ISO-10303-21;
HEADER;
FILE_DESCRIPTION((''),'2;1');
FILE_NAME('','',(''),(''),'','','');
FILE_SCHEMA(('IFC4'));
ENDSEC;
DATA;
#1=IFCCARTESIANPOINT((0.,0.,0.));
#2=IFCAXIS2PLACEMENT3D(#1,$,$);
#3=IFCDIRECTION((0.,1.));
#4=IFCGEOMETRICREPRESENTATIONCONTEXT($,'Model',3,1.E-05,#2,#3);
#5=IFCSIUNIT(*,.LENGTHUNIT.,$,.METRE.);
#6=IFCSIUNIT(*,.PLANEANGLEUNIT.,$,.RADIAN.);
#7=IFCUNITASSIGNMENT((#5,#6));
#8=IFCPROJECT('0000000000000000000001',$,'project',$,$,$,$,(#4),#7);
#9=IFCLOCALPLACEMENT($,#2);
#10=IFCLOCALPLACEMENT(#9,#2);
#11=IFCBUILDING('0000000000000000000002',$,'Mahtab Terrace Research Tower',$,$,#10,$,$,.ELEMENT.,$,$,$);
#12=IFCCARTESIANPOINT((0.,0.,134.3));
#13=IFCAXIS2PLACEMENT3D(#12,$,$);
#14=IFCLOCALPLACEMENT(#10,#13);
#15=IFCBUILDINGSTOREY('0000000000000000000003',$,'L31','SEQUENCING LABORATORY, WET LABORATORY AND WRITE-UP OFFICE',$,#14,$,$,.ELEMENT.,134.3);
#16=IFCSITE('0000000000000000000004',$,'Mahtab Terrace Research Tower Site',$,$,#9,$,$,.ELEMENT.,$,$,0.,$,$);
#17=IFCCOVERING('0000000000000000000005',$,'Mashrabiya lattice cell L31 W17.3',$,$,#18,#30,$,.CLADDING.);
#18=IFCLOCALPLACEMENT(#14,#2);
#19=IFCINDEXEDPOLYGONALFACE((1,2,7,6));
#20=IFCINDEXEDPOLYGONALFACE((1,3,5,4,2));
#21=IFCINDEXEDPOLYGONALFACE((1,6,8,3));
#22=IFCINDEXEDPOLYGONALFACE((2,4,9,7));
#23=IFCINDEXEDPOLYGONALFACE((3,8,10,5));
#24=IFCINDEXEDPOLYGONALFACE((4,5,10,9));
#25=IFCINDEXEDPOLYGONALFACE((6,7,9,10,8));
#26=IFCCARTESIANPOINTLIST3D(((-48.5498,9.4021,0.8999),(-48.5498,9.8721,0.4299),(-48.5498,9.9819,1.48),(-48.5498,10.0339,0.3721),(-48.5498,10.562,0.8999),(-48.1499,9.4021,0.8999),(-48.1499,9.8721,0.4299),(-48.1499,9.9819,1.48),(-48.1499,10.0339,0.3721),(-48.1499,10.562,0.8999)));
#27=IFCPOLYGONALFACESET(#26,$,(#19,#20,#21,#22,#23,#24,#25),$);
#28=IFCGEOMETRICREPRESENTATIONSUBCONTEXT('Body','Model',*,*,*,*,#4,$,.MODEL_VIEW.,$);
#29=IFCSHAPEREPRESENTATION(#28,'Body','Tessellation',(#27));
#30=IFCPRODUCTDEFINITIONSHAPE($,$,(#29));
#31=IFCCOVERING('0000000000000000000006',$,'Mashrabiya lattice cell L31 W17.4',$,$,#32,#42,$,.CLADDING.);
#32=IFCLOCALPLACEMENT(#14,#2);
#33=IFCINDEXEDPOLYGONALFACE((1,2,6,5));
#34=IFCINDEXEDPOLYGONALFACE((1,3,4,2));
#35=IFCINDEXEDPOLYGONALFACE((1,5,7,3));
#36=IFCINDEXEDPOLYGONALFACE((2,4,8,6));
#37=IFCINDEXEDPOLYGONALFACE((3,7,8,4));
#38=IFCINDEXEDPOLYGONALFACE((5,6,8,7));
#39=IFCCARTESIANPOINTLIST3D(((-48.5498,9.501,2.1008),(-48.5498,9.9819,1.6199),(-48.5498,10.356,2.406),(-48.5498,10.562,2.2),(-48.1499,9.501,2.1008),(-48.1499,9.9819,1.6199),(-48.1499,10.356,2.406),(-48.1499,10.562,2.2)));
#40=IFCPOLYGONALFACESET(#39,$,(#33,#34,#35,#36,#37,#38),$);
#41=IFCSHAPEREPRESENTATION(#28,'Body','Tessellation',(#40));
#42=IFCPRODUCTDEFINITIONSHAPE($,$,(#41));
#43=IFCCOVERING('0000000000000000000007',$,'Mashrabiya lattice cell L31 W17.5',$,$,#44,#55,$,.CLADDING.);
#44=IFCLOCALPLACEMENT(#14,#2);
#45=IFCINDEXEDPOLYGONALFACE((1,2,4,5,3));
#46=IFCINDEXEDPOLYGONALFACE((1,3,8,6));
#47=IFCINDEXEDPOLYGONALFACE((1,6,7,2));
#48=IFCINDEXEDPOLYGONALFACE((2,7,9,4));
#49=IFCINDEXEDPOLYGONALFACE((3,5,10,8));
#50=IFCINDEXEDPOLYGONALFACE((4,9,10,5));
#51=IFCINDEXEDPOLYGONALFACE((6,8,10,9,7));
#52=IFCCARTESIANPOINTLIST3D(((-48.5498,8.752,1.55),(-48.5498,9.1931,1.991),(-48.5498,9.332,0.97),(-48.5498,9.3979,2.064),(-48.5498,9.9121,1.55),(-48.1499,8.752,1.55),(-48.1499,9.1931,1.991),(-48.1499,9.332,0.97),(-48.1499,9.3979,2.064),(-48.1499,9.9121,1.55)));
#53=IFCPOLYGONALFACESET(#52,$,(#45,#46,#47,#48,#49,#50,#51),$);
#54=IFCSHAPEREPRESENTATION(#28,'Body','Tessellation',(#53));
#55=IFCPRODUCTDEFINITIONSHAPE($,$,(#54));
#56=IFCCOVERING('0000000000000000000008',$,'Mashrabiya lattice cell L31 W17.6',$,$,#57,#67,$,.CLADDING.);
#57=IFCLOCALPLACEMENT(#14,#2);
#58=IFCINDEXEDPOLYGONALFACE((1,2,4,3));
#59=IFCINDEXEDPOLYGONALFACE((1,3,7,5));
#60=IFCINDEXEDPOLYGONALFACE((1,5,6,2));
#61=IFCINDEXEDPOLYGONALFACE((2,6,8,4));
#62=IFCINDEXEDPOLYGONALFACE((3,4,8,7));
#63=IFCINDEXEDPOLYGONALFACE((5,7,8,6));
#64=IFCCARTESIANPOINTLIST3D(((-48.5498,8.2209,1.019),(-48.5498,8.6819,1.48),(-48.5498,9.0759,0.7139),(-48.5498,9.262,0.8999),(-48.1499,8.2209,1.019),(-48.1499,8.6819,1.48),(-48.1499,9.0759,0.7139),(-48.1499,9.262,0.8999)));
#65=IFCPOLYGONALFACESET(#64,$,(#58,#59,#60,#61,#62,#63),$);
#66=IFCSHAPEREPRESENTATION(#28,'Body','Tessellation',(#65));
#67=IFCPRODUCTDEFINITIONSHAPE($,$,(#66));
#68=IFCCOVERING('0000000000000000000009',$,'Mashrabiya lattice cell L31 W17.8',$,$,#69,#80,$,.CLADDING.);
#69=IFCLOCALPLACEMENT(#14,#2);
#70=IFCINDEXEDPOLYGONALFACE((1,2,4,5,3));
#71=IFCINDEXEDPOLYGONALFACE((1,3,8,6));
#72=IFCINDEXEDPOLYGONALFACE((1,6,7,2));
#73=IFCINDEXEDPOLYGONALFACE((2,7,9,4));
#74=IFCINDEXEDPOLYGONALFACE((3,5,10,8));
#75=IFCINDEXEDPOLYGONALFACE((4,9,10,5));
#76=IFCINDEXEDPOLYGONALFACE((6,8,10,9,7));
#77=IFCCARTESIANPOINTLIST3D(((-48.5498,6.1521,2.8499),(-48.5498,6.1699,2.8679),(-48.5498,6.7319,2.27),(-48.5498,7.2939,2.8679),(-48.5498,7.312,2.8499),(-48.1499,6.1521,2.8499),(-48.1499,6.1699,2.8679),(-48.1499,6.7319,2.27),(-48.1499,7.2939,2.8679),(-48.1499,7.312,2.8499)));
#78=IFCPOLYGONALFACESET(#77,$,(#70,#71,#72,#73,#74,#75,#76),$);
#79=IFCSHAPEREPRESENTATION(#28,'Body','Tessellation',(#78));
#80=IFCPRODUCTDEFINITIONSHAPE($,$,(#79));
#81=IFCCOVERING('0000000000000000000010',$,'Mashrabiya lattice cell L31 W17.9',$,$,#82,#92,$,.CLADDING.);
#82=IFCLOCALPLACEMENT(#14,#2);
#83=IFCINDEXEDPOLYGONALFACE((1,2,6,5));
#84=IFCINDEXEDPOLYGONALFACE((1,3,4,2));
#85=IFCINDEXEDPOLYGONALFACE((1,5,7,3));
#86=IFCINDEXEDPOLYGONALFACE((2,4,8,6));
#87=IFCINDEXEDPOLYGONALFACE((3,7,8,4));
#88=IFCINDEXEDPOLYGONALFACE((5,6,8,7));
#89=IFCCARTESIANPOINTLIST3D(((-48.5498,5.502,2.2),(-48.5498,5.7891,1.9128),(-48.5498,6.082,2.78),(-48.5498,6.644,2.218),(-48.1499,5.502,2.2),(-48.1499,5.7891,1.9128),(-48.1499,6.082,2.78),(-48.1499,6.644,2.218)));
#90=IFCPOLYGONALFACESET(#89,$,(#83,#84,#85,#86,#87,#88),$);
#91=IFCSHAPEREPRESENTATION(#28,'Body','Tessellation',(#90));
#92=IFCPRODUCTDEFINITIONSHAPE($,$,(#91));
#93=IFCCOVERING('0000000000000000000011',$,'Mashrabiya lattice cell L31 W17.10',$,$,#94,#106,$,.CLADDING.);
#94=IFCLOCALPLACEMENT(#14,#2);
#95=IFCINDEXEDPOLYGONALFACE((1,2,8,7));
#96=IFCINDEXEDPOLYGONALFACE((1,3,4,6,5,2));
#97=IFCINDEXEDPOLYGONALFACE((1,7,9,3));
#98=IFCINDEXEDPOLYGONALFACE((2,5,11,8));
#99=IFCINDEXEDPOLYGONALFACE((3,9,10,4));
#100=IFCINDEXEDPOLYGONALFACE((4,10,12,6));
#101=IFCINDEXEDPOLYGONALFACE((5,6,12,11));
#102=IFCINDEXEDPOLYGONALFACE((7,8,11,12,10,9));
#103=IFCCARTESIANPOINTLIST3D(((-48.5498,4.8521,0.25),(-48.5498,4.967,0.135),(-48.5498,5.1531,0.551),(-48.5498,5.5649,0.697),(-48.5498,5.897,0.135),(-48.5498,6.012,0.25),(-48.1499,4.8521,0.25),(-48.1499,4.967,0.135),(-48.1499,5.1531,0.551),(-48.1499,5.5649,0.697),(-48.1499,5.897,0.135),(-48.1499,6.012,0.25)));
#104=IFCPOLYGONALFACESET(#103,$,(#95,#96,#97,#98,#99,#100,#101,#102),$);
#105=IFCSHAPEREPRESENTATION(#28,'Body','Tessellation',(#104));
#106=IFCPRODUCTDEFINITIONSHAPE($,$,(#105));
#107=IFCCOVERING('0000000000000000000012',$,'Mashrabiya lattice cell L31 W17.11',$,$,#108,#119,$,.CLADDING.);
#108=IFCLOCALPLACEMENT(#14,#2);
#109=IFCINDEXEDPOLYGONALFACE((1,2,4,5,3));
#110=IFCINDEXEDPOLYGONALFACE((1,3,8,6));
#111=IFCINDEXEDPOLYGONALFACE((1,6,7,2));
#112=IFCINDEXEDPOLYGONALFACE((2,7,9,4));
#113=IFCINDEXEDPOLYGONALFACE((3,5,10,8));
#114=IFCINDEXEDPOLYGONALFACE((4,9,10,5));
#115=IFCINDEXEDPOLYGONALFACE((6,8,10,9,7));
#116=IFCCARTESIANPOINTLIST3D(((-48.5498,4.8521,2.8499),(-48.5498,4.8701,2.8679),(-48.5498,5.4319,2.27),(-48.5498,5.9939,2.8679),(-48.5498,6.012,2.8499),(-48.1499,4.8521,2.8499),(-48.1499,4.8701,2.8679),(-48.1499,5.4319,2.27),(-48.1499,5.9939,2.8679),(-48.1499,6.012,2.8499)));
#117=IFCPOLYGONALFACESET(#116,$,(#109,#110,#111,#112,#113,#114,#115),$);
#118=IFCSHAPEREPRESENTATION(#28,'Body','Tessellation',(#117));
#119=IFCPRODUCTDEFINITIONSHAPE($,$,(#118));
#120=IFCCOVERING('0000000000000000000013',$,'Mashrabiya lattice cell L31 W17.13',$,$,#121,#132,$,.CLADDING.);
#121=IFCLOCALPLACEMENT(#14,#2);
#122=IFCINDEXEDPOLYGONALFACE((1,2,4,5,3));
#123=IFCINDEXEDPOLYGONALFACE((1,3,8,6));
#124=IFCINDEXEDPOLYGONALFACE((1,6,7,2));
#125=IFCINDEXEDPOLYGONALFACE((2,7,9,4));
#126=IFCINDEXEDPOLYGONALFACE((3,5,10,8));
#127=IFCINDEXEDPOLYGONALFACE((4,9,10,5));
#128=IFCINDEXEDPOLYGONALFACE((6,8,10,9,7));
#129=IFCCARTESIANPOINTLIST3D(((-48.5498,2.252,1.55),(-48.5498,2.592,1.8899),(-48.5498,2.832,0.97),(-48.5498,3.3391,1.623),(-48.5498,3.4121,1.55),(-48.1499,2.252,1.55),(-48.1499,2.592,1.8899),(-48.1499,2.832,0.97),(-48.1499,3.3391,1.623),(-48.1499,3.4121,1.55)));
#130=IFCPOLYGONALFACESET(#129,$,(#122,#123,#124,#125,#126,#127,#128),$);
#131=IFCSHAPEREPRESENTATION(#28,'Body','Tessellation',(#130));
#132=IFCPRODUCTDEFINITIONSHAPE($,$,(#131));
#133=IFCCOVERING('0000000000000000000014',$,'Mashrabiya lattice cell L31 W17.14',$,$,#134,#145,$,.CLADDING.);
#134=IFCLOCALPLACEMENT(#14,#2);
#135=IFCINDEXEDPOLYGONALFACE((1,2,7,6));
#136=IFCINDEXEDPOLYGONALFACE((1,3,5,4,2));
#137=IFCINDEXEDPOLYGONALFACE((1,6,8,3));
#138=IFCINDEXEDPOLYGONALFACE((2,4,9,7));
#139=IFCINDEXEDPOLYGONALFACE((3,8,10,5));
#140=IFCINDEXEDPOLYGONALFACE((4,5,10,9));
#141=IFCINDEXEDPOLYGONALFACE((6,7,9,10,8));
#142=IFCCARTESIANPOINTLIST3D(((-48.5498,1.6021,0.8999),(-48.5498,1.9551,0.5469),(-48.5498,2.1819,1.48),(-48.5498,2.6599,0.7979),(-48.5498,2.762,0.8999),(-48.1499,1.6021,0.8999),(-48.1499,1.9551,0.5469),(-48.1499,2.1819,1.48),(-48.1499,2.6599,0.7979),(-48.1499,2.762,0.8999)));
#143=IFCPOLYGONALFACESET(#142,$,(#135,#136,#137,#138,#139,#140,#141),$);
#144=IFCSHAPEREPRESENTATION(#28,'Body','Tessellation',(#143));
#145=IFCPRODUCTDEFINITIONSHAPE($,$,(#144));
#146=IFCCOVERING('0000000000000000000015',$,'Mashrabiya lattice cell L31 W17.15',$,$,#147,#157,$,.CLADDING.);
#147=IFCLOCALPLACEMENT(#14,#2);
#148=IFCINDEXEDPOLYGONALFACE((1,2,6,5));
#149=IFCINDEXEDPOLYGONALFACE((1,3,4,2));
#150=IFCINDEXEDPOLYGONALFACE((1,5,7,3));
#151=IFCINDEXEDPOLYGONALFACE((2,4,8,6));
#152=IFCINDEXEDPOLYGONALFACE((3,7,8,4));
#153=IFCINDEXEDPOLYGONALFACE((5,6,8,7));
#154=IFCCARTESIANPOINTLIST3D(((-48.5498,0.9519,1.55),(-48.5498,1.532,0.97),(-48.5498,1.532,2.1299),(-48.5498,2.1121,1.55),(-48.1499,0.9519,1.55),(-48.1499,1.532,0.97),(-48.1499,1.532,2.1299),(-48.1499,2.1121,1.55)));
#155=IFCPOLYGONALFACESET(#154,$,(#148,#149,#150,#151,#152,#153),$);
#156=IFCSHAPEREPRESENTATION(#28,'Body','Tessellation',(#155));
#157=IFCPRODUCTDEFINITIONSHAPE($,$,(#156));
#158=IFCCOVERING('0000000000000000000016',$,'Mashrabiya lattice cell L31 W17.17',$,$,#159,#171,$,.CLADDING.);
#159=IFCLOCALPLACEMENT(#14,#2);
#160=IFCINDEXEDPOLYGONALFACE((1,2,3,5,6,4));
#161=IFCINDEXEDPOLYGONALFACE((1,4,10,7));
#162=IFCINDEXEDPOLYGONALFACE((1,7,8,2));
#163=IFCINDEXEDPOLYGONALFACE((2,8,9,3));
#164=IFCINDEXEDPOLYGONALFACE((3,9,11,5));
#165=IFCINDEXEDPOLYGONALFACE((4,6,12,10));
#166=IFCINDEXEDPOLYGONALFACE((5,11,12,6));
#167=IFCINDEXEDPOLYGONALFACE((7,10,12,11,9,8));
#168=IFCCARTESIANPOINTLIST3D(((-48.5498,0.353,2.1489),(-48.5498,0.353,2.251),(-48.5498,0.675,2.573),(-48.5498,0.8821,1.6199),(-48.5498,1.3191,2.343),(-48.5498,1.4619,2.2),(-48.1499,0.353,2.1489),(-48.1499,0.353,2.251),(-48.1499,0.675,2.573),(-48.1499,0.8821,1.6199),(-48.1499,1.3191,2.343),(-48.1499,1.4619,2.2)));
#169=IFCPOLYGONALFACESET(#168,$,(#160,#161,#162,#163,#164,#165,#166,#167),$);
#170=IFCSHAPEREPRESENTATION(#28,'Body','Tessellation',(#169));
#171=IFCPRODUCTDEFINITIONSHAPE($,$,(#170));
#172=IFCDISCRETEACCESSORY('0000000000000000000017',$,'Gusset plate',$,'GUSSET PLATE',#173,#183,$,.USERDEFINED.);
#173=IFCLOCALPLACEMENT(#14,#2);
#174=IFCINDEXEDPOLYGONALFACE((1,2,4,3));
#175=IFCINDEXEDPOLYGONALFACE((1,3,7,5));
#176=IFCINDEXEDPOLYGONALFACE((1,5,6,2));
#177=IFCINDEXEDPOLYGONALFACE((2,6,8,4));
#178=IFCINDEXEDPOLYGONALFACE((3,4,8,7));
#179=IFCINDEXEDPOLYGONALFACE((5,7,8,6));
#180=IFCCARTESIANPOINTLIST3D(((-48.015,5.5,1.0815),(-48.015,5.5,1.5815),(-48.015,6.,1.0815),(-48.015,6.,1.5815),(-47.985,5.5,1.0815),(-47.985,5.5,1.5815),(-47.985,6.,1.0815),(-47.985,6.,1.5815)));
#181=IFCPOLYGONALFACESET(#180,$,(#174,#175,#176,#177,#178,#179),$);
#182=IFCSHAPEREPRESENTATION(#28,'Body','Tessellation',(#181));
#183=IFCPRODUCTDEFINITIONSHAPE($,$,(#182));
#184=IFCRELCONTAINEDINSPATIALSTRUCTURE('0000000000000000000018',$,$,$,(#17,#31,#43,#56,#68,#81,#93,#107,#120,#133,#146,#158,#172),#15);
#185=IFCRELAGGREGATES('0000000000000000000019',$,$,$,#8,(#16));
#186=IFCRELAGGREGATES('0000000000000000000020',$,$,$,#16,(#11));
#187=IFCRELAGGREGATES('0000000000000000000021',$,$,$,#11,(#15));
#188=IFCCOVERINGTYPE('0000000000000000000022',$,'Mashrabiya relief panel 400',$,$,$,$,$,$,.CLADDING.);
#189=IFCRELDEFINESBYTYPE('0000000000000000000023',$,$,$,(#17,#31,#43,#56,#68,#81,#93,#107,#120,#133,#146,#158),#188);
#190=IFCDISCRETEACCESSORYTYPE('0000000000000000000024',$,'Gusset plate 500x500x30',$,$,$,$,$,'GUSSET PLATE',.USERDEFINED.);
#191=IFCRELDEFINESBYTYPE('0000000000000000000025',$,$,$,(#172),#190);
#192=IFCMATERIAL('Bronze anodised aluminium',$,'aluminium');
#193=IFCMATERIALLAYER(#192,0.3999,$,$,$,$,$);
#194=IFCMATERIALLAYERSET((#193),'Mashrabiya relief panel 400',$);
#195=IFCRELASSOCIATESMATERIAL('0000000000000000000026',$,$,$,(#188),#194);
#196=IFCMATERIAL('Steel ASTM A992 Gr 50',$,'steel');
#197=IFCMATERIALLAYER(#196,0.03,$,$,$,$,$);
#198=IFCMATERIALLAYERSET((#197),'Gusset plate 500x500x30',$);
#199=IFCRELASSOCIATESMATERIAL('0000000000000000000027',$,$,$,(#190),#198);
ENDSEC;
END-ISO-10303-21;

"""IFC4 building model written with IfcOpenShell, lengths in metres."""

from ifc_helpers import new_model, si_unit, direction, frame, origin, origin_2d, place, context, subcontext, project, spatial, polyline, rectangle, outline, extrude, material, layer, layer_set, type_object, element, save


model = new_model("IFC4")

# Units and contexts
model_context = context("Model", 3, precision=1e-05, world=origin(), true_north=direction((0.0, 1.0)))
body_context = subcontext(model_context, "Body", "Model", "MODEL_VIEW")
ifc_project = project(units=[si_unit("LENGTHUNIT", "METRE"), si_unit("PLANEANGLEUNIT", "RADIAN")], contexts=[model_context])

# Site, building, storey
site_placement = place(None, origin())
site = spatial("IfcSite", under=ifc_project, at=site_placement, Name="Mahtab Terrace Research Tower Site", CompositionType="ELEMENT", RefElevation=0.0)
building_placement = place(site_placement, origin())
building = spatial("IfcBuilding", under=site, at=building_placement, Name="Mahtab Terrace Research Tower", CompositionType="ELEMENT")
storey_placement = place(building_placement, frame((0.0, 0.0, 134.3)))
storey = spatial("IfcBuildingStorey", under=building, at=storey_placement, Name="L31", Description="SEQUENCING LABORATORY, WET LABORATORY AND WRITE-UP OFFICE", CompositionType="ELEMENT", Elevation=134.3)

# Shared definitions
ifc_material_1 = material(Name="Steel ASTM A992 Gr 50", Category="steel")

# Coverings
ifc_material_2 = material(Name="Bronze anodised aluminium", Category="aluminium")
ifc_layer_1 = layer(ifc_material_2, 0.3999)
ifc_layer_set_1 = layer_set([ifc_layer_1], Name="Mashrabiya relief panel 400")
covering_type = type_object("IfcCoveringType", Name="Mashrabiya relief panel 400", PredefinedType="CLADDING", material=ifc_layer_set_1)
covering_1_placement = place(storey_placement, frame((-48.1499, 10.562, 0.8999), z_axis=(1.0, 0.0, 0.0), x_axis=(0.0, -0.707107, 0.707107)))
element("IfcCovering", 1, at=covering_1_placement, inside=storey, type_object=covering_type, Name="Mashrabiya lattice cell L31 W17.3", PredefinedType="CLADDING", context=body_context, shape_type="SweptSolid", body=[
    extrude(outline(polyline([(0.0, 0.0), (0.8204, 0.0), (0.8202, 0.8202), (0.1555, 0.8202), (0.0002, 0.7466), (0.0, 0.0)])), origin(), (0.0, 0.0, -1.0), 0.3999),
])
covering_2_placement = place(storey_placement, frame((-48.1499, 9.9819, 1.6199), z_axis=(1.0, 0.0, 0.0), x_axis=(0.0, 0.707107, 0.707107)))
element("IfcCovering", 2, at=covering_2_placement, inside=storey, type_object=covering_type, Name="Mashrabiya lattice cell L31 W17.4", PredefinedType="CLADDING", context=body_context, shape_type="SweptSolid", body=[
    extrude(outline(polyline([(0.0, 0.0), (0.8204, 0.0), (0.8204, 0.2914), (0.0, 0.6802), (0.0, 0.0)])), origin(), (0.0, 0.0, -1.0), 0.3999),
])
covering_3_placement = place(storey_placement, frame((-48.1499, 8.752, 1.55), z_axis=(1.0, 0.0, 0.0), x_axis=(0.0, 0.707107, -0.707107)))
element("IfcCovering", 3, at=covering_3_placement, inside=storey, type_object=covering_type, Name="Mashrabiya lattice cell L31 W17.5", PredefinedType="CLADDING", context=body_context, shape_type="SweptSolid", body=[
    extrude(outline(polyline([(0.0, 0.0), (0.8204, 0.0), (0.8204, 0.8204), (0.0934, 0.8202), (0.0002, 0.6237), (0.0, 0.0)])), origin(), (0.0, 0.0, -1.0), 0.3999),
])
covering_4_placement = place(storey_placement, frame((-48.1499, 9.262, 0.8999), z_axis=(1.0, 0.0, 0.0), x_axis=(0.0, -0.707107, 0.707107)))
element("IfcCovering", 4, at=covering_4_placement, inside=storey, type_object=covering_type, Name="Mashrabiya lattice cell L31 W17.6", PredefinedType="CLADDING", context=body_context, shape_type="SweptSolid", body=[
    extrude(outline(polyline([(0.0, 0.0), (0.8204, 0.0), (0.8204, 0.6519), (0.0, 0.2631), (0.0, 0.0)])), origin(), (0.0, 0.0, -1.0), 0.3999),
])
covering_5_placement = place(storey_placement, frame((-48.1499, 6.1521, 2.8499), z_axis=(1.0, 0.0, 0.0), x_axis=(0.0, 0.707107, -0.707107)))
element("IfcCovering", 5, at=covering_5_placement, inside=storey, type_object=covering_type, Name="Mashrabiya lattice cell L31 W17.8", PredefinedType="CLADDING", context=body_context, shape_type="SweptSolid", body=[
    extrude(outline(polyline([(0.0, 0.0), (0.82, 0.0), (0.8202, 0.8202), (0.7946, 0.8202), (-0.0002, 0.0254), (0.0, 0.0)])), origin(), (0.0, 0.0, -1.0), 0.3999),
])
covering_6_placement = place(storey_placement, frame((-48.1499, 6.082, 2.78), z_axis=(1.0, 0.0, 0.0), x_axis=(0.0, -0.707107, -0.707107)))
element("IfcCovering", 6, at=covering_6_placement, inside=storey, type_object=covering_type, Name="Mashrabiya lattice cell L31 W17.9", PredefinedType="CLADDING", context=body_context, shape_type="SweptSolid", body=[
    extrude(outline(polyline([(0.0, 0.0), (0.8204, 0.0), (0.8204, 0.406), (0.0, 0.7948), (0.0, 0.0)])), origin(), (0.0, 0.0, -1.0), 0.3999),
])
covering_7_placement = place(storey_placement, frame((-48.1499, 6.012, 0.25), z_axis=(1.0, 0.0, 0.0), x_axis=(0.0, -0.707107, 0.707107)))
element("IfcCovering", 7, at=covering_7_placement, inside=storey, type_object=covering_type, Name="Mashrabiya lattice cell L31 W17.10", PredefinedType="CLADDING", context=body_context, shape_type="SweptSolid", body=[
    extrude(outline(polyline([(0.0, 0.0), (0.6322, 0.0), (0.8202, 0.3945), (0.8202, 0.8202), (0.6576, 0.8202), (0.0, 0.1626), (0.0, 0.0)])), origin(), (0.0, 0.0, -1.0), 0.3999),
])
covering_8_placement = place(storey_placement, frame((-48.1499, 4.8521, 2.8499), z_axis=(1.0, 0.0, 0.0), x_axis=(0.0, 0.707107, -0.707107)))
element("IfcCovering", 8, at=covering_8_placement, inside=storey, type_object=covering_type, Name="Mashrabiya lattice cell L31 W17.11", PredefinedType="CLADDING", context=body_context, shape_type="SweptSolid", body=[
    extrude(outline(polyline([(0.0, 0.0), (0.82, 0.0), (0.8202, 0.8202), (0.7946, 0.8202), (0.0, 0.0255), (0.0, 0.0)])), origin(), (0.0, 0.0, -1.0), 0.3999),
])
covering_9_placement = place(storey_placement, frame((-48.1499, 2.252, 1.55), z_axis=(1.0, 0.0, 0.0), x_axis=(0.0, 0.707107, -0.707107)))
element("IfcCovering", 9, at=covering_9_placement, inside=storey, type_object=covering_type, Name="Mashrabiya lattice cell L31 W17.13", PredefinedType="CLADDING", context=body_context, shape_type="SweptSolid", body=[
    extrude(outline(polyline([(0.0, 0.0), (0.8204, 0.0), (0.8204, 0.8204), (0.7171, 0.8204), (0.0002, 0.4808), (0.0, 0.0)])), origin(), (0.0, 0.0, -1.0), 0.3999),
])
covering_10_placement = place(storey_placement, frame((-48.1499, 2.762, 0.8999), z_axis=(1.0, 0.0, 0.0), x_axis=(0.0, -0.707107, 0.707107)))
element("IfcCovering", 10, at=covering_10_placement, inside=storey, type_object=covering_type, Name="Mashrabiya lattice cell L31 W17.14", PredefinedType="CLADDING", context=body_context, shape_type="SweptSolid", body=[
    extrude(outline(polyline([(0.0, 0.0), (0.8204, 0.0), (0.8202, 0.8202), (0.3209, 0.8202), (0.0, 0.1443), (0.0, 0.0)])), origin(), (0.0, 0.0, -1.0), 0.3999),
])
covering_11_placement = place(storey_placement, frame((-48.1499, 1.532, 2.1299), z_axis=(1.0, 0.0, 0.0), x_axis=(0.0, -0.707256, -0.706958)))
element("IfcCovering", 11, at=covering_11_placement, inside=storey, type_object=covering_type, Name="Mashrabiya lattice cell L31 W17.15", PredefinedType="CLADDING", context=body_context, shape_type="SweptSolid", body=[
    extrude(outline(polyline([(0.0, 0.0), (0.8202, 0.0), (0.82, 0.8204), (-0.0003, 0.8202), (0.0, 0.0)])), origin(), (0.0, 0.0, -1.0), 0.3999),
])
covering_12_placement = place(storey_placement, frame((-48.1499, 0.8821, 1.6199), z_axis=(1.0, 0.0, 0.0), x_axis=(0.0, 0.706958, 0.707256)))
element("IfcCovering", 12, at=covering_12_placement, inside=storey, type_object=covering_type, Name="Mashrabiya lattice cell L31 W17.17", PredefinedType="CLADDING", context=body_context, shape_type="SweptSolid", body=[
    extrude(outline(polyline([(0.0, 0.0), (0.8202, 0.0), (0.8204, 0.2022), (0.5277, 0.8202), (0.0723, 0.8203), (0.0002, 0.7482), (0.0, 0.0)])), origin(), (0.0, 0.0, -1.0), 0.3999),
])

# Discrete accessory
ifc_layer_2 = layer(ifc_material_1, 0.03)
ifc_layer_set_2 = layer_set([ifc_layer_2], Name="Gusset plate 500x500x30")
discrete_accessory_type = type_object("IfcDiscreteAccessoryType", Name="Gusset plate 500x500x30", ElementType="GUSSET PLATE", PredefinedType="USERDEFINED", material=ifc_layer_set_2)
for number, where, z_axis, x_axis, name in (
    (13, (-48.0, 5.75, 1.0815), (0.0, 0.0, 1.0), (0.0, 1.0, 0.0), "Gusset plate"),
):
    element("IfcDiscreteAccessory", number, at=place(storey_placement, frame(where, z_axis=z_axis, x_axis=x_axis)), inside=storey, type_object=discrete_accessory_type, Name=name, ObjectType="GUSSET PLATE", PredefinedType="USERDEFINED", context=body_context, shape_type="SweptSolid", body=[
        extrude(rectangle(XDim=0.5, YDim=0.03, at=origin_2d()), origin(), (0.0, 0.0, 1.0), 0.5),
    ])

save(model, "model.ifc")
